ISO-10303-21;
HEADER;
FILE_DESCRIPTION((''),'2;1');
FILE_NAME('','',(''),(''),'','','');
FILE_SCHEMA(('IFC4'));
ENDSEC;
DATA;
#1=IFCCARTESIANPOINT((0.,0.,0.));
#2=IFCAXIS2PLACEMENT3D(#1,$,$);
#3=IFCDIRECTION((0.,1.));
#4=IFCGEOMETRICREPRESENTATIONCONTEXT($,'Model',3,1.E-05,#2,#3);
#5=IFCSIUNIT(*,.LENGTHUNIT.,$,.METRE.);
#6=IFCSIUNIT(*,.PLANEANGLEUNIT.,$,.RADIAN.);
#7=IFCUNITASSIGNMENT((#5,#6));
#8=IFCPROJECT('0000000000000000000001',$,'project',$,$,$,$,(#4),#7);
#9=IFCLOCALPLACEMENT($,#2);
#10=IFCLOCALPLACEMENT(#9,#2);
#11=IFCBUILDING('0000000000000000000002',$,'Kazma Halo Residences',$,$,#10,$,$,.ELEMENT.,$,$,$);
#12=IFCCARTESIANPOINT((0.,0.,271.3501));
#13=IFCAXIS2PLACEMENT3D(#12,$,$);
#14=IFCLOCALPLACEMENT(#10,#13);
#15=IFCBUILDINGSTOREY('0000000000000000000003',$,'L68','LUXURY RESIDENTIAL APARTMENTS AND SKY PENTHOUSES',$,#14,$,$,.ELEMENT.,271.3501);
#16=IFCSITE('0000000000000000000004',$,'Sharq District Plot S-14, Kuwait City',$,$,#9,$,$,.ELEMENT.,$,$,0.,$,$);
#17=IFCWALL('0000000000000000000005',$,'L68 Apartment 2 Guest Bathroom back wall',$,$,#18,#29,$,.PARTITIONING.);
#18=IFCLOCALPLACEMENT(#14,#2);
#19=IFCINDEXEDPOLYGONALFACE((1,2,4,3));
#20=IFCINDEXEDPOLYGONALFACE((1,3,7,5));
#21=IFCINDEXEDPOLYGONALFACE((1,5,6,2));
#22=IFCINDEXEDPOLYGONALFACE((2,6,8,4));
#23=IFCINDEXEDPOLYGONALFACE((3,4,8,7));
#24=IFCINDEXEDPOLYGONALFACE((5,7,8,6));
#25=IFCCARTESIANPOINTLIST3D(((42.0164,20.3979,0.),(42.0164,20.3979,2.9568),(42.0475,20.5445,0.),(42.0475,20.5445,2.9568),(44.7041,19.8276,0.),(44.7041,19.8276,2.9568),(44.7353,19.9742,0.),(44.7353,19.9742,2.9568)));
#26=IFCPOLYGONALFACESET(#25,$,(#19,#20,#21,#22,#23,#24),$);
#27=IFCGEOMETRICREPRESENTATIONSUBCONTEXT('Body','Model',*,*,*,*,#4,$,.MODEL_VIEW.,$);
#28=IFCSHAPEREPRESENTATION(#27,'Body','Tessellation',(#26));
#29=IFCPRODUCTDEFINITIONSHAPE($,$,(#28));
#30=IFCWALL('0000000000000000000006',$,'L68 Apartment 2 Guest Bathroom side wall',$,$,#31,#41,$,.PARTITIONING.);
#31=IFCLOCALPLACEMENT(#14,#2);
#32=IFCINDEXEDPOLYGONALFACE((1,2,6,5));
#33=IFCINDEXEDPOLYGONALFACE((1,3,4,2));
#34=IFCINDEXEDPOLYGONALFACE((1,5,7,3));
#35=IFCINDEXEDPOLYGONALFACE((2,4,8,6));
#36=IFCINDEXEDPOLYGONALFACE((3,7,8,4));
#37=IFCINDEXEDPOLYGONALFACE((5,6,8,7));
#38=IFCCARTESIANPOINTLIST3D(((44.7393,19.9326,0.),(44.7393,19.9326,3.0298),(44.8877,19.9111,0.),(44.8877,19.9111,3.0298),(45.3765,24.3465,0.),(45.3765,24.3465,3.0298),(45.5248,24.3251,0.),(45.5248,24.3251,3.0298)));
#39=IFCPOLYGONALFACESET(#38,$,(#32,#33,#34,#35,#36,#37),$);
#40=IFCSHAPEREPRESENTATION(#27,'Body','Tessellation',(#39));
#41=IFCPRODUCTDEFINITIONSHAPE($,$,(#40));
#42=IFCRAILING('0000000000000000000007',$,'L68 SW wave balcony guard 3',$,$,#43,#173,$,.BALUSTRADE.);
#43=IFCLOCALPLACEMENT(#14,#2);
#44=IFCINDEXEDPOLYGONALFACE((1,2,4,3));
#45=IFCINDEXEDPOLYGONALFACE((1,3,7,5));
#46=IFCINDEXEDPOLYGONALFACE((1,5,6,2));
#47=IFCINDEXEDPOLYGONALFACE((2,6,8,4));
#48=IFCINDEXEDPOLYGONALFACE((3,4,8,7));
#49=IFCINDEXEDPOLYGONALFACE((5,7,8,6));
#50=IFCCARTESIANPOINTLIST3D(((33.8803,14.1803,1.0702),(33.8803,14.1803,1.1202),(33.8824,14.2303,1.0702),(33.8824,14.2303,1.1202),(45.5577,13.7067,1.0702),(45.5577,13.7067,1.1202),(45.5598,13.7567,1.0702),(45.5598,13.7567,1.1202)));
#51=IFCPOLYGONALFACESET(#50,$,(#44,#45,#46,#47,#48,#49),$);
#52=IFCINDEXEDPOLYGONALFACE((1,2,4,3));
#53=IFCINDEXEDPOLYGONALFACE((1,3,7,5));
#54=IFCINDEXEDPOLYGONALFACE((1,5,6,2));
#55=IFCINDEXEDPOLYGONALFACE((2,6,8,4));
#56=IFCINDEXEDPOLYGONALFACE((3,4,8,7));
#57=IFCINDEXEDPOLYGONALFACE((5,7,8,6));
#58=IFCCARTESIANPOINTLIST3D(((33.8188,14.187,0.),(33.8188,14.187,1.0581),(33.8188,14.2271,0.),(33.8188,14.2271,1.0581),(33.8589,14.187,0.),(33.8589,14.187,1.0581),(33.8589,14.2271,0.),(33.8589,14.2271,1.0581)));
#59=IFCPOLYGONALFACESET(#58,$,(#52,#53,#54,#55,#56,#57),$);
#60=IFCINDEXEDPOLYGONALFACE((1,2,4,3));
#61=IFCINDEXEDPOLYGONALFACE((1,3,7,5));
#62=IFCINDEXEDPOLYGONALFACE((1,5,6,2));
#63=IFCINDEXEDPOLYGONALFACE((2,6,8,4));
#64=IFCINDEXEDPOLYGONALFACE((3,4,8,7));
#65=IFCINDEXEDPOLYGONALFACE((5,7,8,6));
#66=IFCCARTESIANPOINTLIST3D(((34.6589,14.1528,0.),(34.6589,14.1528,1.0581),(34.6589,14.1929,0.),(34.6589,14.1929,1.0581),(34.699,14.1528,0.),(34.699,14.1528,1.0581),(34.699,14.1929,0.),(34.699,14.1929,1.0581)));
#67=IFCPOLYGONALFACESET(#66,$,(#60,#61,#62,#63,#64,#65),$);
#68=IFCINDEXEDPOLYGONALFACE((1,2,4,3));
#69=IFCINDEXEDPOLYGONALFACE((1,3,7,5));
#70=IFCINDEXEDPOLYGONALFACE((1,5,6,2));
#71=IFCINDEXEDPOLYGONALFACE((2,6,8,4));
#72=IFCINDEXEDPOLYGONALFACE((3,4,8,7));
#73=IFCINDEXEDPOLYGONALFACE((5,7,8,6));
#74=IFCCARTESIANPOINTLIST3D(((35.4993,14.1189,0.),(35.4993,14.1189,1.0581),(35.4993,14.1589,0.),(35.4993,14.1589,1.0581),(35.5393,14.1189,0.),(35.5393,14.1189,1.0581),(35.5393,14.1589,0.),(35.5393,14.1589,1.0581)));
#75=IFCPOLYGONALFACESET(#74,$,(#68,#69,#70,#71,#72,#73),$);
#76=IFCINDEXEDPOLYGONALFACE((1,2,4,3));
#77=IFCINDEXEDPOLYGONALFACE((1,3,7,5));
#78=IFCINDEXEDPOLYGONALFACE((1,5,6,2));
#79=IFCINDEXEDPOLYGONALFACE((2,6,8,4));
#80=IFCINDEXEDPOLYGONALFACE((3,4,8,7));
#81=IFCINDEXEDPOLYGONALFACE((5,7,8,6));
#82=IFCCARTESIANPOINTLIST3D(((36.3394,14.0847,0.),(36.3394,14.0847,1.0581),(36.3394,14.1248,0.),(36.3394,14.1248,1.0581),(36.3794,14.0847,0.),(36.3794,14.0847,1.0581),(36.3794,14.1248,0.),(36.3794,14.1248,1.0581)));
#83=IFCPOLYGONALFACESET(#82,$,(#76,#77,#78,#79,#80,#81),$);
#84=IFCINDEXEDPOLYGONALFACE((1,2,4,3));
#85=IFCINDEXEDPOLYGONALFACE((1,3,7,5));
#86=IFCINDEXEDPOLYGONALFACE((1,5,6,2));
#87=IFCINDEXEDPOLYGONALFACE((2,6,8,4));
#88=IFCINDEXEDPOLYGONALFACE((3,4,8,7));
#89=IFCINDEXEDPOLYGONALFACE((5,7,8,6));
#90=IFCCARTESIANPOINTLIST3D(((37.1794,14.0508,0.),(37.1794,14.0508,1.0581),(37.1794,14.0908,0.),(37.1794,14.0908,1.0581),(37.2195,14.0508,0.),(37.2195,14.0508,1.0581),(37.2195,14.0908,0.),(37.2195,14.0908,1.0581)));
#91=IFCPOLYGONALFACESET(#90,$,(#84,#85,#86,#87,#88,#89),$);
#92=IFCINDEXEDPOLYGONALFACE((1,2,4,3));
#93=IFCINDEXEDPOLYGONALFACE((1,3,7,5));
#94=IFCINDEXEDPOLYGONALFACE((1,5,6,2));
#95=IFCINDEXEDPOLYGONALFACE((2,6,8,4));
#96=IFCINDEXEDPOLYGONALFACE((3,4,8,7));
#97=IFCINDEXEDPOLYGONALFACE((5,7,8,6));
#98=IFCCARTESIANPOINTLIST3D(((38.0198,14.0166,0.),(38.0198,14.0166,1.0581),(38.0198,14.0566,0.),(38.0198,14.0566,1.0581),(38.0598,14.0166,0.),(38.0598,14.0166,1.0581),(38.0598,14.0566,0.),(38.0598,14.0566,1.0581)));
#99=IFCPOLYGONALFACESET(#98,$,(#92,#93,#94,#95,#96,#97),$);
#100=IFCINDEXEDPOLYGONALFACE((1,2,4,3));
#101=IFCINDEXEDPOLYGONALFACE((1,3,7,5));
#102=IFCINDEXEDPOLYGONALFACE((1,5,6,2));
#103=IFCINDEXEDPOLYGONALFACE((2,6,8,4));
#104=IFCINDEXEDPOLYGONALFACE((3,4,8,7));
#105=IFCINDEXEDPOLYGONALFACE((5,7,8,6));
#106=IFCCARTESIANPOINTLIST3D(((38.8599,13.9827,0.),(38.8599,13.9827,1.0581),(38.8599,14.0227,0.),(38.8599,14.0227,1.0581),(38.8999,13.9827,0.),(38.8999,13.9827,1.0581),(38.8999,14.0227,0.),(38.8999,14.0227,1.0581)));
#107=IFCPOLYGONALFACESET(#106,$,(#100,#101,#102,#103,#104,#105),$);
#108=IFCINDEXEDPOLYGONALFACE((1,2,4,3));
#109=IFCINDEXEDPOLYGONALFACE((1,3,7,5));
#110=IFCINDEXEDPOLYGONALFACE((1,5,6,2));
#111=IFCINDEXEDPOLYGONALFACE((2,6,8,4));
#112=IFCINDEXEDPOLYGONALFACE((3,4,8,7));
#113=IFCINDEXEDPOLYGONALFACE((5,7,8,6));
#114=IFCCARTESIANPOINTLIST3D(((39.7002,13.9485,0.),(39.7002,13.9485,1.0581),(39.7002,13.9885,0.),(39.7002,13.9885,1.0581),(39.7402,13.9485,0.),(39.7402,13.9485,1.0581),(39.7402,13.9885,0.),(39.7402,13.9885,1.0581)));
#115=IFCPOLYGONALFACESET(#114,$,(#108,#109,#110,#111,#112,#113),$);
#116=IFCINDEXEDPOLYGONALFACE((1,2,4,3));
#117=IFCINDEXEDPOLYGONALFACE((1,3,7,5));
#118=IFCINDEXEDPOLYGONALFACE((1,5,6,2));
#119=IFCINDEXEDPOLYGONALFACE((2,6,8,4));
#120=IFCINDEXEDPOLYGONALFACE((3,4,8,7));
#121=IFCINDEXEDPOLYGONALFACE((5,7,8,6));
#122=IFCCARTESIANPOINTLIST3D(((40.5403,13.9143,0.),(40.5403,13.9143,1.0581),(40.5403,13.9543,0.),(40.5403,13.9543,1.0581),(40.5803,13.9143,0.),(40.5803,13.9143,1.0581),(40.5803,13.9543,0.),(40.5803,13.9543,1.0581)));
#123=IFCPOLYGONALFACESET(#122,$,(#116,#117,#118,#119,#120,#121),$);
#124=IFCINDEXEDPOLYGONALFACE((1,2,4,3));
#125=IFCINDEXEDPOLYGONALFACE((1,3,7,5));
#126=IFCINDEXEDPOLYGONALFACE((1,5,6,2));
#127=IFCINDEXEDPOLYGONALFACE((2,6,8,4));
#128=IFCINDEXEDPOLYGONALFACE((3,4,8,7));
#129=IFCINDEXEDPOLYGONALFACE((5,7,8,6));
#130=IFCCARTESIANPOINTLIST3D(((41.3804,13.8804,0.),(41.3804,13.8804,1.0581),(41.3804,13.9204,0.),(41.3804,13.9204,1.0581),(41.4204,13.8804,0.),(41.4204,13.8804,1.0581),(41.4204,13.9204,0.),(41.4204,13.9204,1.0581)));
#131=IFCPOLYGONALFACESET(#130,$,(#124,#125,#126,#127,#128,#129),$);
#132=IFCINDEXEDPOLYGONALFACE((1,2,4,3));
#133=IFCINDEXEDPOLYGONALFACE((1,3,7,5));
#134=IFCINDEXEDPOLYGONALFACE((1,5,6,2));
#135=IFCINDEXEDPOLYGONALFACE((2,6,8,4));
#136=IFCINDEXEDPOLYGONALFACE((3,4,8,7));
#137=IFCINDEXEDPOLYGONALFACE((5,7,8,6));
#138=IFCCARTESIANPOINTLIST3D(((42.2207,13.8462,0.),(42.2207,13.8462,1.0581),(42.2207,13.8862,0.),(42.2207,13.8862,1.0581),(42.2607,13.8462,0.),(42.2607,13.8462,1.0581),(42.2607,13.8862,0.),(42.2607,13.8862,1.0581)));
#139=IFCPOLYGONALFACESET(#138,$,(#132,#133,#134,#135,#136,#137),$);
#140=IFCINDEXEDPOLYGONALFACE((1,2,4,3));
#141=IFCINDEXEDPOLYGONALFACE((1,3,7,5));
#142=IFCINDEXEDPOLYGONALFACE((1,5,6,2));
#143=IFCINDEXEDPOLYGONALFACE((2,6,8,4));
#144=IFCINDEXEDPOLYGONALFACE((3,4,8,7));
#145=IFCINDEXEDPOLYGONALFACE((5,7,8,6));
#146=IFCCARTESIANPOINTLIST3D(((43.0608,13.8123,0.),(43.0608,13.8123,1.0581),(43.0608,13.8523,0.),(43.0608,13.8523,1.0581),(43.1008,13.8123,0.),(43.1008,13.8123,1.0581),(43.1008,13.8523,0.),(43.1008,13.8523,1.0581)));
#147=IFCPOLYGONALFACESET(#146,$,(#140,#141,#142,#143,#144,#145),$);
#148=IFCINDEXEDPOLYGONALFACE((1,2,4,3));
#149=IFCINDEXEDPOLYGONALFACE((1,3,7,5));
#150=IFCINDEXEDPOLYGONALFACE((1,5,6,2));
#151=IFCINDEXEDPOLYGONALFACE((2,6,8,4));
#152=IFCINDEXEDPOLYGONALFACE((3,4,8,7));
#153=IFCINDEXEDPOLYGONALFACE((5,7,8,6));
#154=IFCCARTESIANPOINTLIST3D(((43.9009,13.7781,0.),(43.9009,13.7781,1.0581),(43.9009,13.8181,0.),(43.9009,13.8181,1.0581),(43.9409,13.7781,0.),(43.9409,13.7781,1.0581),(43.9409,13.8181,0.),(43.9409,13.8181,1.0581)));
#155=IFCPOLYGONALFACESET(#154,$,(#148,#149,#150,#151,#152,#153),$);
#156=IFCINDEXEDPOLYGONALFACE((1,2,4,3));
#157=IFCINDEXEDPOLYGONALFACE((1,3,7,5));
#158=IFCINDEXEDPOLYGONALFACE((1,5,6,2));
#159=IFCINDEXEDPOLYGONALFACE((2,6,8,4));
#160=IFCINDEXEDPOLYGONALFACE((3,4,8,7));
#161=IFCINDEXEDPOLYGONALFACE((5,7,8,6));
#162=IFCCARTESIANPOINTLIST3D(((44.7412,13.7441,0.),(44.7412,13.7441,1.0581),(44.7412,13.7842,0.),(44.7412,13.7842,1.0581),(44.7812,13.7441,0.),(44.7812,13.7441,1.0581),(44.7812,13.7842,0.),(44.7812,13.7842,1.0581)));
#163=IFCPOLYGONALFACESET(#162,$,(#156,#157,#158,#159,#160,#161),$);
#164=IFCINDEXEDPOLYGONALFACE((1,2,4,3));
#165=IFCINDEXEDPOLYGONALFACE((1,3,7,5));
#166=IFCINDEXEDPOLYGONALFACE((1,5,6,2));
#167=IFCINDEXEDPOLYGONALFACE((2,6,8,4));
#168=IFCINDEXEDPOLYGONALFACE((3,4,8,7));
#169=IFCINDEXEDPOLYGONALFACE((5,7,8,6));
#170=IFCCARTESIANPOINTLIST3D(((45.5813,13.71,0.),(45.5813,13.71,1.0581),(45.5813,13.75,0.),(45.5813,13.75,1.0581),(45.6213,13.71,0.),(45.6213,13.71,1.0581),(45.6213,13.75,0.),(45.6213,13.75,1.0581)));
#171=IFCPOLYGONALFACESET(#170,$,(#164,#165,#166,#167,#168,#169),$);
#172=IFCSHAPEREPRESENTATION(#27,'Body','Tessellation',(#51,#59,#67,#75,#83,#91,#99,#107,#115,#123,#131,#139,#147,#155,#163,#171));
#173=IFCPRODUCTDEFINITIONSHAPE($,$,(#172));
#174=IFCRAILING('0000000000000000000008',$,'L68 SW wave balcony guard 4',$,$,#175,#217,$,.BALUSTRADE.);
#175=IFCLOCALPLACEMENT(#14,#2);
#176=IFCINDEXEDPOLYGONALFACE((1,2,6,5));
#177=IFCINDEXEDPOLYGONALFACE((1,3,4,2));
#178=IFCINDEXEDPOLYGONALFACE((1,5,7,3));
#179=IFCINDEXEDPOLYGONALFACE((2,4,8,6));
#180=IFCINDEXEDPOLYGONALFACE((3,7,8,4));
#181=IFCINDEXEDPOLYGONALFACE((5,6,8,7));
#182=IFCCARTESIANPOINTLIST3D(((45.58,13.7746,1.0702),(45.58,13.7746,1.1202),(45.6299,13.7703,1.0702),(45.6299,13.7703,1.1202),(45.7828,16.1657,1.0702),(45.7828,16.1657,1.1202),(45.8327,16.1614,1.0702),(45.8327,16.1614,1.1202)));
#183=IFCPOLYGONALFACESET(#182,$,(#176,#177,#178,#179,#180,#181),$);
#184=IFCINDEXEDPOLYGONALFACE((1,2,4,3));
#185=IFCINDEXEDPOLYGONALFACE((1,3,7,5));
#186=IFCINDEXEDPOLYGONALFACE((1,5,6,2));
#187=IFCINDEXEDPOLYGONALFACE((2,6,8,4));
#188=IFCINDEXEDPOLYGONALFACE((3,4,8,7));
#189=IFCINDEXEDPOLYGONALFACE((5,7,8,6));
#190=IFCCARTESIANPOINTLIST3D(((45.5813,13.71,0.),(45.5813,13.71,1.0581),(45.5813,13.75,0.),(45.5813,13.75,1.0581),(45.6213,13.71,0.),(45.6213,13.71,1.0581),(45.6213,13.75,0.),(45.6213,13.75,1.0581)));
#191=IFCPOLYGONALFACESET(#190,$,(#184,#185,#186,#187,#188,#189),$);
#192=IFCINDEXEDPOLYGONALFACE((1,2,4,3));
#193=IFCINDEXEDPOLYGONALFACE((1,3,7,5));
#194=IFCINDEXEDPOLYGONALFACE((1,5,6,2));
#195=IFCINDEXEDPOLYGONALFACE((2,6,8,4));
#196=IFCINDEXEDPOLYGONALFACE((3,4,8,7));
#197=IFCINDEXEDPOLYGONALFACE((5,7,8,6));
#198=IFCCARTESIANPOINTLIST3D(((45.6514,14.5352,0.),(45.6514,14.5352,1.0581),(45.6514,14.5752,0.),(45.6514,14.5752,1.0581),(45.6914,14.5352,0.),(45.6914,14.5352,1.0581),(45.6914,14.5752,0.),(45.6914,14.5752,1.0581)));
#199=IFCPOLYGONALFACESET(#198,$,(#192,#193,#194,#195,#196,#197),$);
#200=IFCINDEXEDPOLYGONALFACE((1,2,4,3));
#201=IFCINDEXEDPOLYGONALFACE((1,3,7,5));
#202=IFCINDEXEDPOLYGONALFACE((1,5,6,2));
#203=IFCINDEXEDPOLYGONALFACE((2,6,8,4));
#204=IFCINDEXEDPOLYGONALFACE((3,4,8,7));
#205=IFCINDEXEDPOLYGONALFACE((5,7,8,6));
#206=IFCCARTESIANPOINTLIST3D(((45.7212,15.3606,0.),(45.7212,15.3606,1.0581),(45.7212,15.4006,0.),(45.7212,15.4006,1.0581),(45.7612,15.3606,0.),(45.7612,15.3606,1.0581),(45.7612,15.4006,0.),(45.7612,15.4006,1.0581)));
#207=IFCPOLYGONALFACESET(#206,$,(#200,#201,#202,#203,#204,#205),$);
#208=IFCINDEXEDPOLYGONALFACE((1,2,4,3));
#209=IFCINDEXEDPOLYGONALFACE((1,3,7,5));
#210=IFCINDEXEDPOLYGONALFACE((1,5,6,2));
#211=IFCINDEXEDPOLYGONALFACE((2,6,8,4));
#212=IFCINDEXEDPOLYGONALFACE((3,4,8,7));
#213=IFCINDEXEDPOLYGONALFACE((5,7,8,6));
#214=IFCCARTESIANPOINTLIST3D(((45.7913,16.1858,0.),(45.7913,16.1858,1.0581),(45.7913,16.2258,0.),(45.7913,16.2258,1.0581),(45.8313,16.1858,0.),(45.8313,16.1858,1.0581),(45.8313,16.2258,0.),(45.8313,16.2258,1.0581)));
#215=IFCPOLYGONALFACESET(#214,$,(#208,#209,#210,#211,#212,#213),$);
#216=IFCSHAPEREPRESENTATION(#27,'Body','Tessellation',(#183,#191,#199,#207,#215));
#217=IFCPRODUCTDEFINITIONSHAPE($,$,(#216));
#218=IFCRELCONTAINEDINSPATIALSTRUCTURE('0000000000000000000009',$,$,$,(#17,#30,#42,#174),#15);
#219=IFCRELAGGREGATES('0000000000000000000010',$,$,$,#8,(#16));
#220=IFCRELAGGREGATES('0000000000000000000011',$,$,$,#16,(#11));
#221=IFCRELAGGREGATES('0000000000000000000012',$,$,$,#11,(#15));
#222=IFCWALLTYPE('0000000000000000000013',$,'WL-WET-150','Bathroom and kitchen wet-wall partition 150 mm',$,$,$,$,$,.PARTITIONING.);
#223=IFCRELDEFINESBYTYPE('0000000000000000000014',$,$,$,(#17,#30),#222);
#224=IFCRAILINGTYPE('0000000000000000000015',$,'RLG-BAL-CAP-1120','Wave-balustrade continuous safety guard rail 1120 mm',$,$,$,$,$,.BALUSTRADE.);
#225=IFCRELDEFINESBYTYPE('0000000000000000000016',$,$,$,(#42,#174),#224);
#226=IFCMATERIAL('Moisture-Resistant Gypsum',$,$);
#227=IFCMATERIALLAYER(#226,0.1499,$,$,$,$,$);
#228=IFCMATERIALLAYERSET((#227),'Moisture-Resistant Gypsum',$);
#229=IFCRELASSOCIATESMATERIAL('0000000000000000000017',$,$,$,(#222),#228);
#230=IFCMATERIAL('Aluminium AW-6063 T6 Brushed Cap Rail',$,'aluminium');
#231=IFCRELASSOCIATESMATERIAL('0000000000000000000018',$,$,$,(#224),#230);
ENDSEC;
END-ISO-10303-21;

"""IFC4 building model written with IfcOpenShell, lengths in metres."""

from ifc_helpers import new_model, si_unit, direction, frame, frame_2d, origin, origin_2d, place, context, subcontext, project, spatial, rectangle, extrude, material, layer, layer_set, type_object, element, save


model = new_model("IFC4")

# Units and contexts
model_context = context("Model", 3, precision=1e-05, world=origin(), true_north=direction((0.0, 1.0)))
body_context = subcontext(model_context, "Body", "Model", "MODEL_VIEW")
ifc_project = project(units=[si_unit("LENGTHUNIT", "METRE"), si_unit("PLANEANGLEUNIT", "RADIAN")], contexts=[model_context])

# Site, building, storey
site_placement = place(None, origin())
site = spatial("IfcSite", under=ifc_project, at=site_placement, Name="Sharq District Plot S-14, Kuwait City", CompositionType="ELEMENT", RefElevation=0.0)
building_placement = place(site_placement, origin())
building = spatial("IfcBuilding", under=site, at=building_placement, Name="Kazma Halo Residences", CompositionType="ELEMENT")
storey_placement = place(building_placement, frame((0.0, 0.0, 271.3501)))
storey = spatial("IfcBuildingStorey", under=building, at=storey_placement, Name="L68", Description="LUXURY RESIDENTIAL APARTMENTS AND SKY PENTHOUSES", CompositionType="ELEMENT", Elevation=271.3501)

# Shared definitions
ifc_material_1 = material(Name="Moisture-Resistant Gypsum")
ifc_layer_1 = layer(ifc_material_1, 0.1499)
ifc_layer_set_1 = layer_set([ifc_layer_1], Name="Moisture-Resistant Gypsum")
wall_type_1 = type_object("IfcWallType", Name="WL-WET-150", Description="Bathroom and kitchen wet-wall partition 150 mm", PredefinedType="PARTITIONING", material=ifc_layer_set_1)

# Walls
wall_1_placement = place(storey_placement, frame((42.032, 20.4712, 0.0), z_axis=(0.0, 0.0, 1.0), x_axis=(0.97822, -0.207569, 0.0)))
element("IfcWall", 1, at=wall_1_placement, inside=storey, type_object=wall_type_1, Name="L68 Apartment 2 Guest Bathroom back wall", PredefinedType="PARTITIONING", context=body_context, shape_type="SweptSolid", body=[
    extrude(rectangle(XDim=2.7476, YDim=0.1499, at=frame_2d((1.3738, 0.0))), origin(), (0.0, 0.0, 1.0), 2.9568),
])
wall_2_placement = place(storey_placement, frame((45.4507, 24.3359, 0.0), z_axis=(0.0, 0.0, 1.0), x_axis=(-0.142877, -0.98974, 0.0)))
element("IfcWall", 2, at=wall_2_placement, inside=storey, type_object=wall_type_1, Name="L68 Apartment 2 Guest Bathroom side wall", PredefinedType="PARTITIONING", context=body_context, shape_type="SweptSolid", body=[
    extrude(rectangle(XDim=4.4597, YDim=0.1499, at=frame_2d((2.23, 0.0))), origin(), (0.0, 0.0, 1.0), 3.0298),
])

# Railings
ifc_material_2 = material(Name="Aluminium AW-6063 T6 Brushed Cap Rail", Category="aluminium")
railing_type = type_object("IfcRailingType", Name="RLG-BAL-CAP-1120", Description="Wave-balustrade continuous safety guard rail 1120 mm", PredefinedType="BALUSTRADE", material=ifc_material_2)
railing_1_placement = place(storey_placement, frame((33.8389, 14.207, 0.0)))
element("IfcRailing", 3, at=railing_1_placement, inside=storey, type_object=railing_type, Name="L68 SW wave balcony guard 3", PredefinedType="BALUSTRADE", context=body_context, shape_type="SweptSolid", body=[
    extrude(rectangle(XDim=0.05, YDim=0.05, at=origin_2d()), frame((0.0425, -0.0017, 1.0952), z_axis=(0.999179, -0.040524, 0.0), x_axis=(0.040524, 0.999179, 0.0)), (0.0, 0.0, 1.0), 11.687),
    extrude(rectangle(XDim=0.04, YDim=0.04, at=origin_2d()), origin(), (0.0, 0.0, 1.0), 1.0581),
    extrude(rectangle(XDim=0.04, YDim=0.04, at=origin_2d()), frame((0.8401, -0.0342, 0.0)), (0.0, 0.0, 1.0), 1.0581),
    extrude(rectangle(XDim=0.04, YDim=0.04, at=origin_2d()), frame((1.6804, -0.0681, 0.0)), (0.0, 0.0, 1.0), 1.0581),
    extrude(rectangle(XDim=0.04, YDim=0.04, at=origin_2d()), frame((2.5205, -0.1023, 0.0)), (0.0, 0.0, 1.0), 1.0581),
    extrude(rectangle(XDim=0.04, YDim=0.04, at=origin_2d()), frame((3.3606, -0.1362, 0.0)), (0.0, 0.0, 1.0), 1.0581),
    extrude(rectangle(XDim=0.04, YDim=0.04, at=origin_2d()), frame((4.2009, -0.1704, 0.0)), (0.0, 0.0, 1.0), 1.0581),
    extrude(rectangle(XDim=0.04, YDim=0.04, at=origin_2d()), frame((5.041, -0.2043, 0.0)), (0.0, 0.0, 1.0), 1.0581),
    extrude(rectangle(XDim=0.04, YDim=0.04, at=origin_2d()), frame((5.8813, -0.2385, 0.0)), (0.0, 0.0, 1.0), 1.0581),
    extrude(rectangle(XDim=0.04, YDim=0.04, at=origin_2d()), frame((6.7214, -0.2727, 0.0)), (0.0, 0.0, 1.0), 1.0581),
    extrude(rectangle(XDim=0.04, YDim=0.04, at=origin_2d()), frame((7.5615, -0.3066, 0.0)), (0.0, 0.0, 1.0), 1.0581),
    extrude(rectangle(XDim=0.04, YDim=0.04, at=origin_2d()), frame((8.4019, -0.3408, 0.0)), (0.0, 0.0, 1.0), 1.0581),
    extrude(rectangle(XDim=0.04, YDim=0.04, at=origin_2d()), frame((9.2419, -0.3748, 0.0)), (0.0, 0.0, 1.0), 1.0581),
    extrude(rectangle(XDim=0.04, YDim=0.04, at=origin_2d()), frame((10.082, -0.4089, 0.0)), (0.0, 0.0, 1.0), 1.0581),
    extrude(rectangle(XDim=0.04, YDim=0.04, at=origin_2d()), frame((10.9224, -0.4429, 0.0)), (0.0, 0.0, 1.0), 1.0581),
    extrude(rectangle(XDim=0.04, YDim=0.04, at=origin_2d()), frame((11.7625, -0.4771, 0.0)), (0.0, 0.0, 1.0), 1.0581),
])
railing_2_placement = place(storey_placement, frame((45.6013, 13.73, 0.0)))
element("IfcRailing", 4, at=railing_2_placement, inside=storey, type_object=railing_type, Name="L68 SW wave balcony guard 4", PredefinedType="BALUSTRADE", context=body_context, shape_type="SweptSolid", body=[
    extrude(rectangle(XDim=0.05, YDim=0.05, at=origin_2d()), frame((0.0037, 0.0425, 1.0952), z_axis=(0.084501, 0.996423, 0.0), x_axis=(-0.996423, 0.084501, 0.0)), (0.0, 0.0, 1.0), 2.3997),
    extrude(rectangle(XDim=0.04, YDim=0.04, at=origin_2d()), origin(), (0.0, 0.0, 1.0), 1.0581),
    extrude(rectangle(XDim=0.04, YDim=0.04, at=origin_2d()), frame((0.0701, 0.8252, 0.0)), (0.0, 0.0, 1.0), 1.0581),
    extrude(rectangle(XDim=0.04, YDim=0.04, at=origin_2d()), frame((0.1399, 1.6506, 0.0)), (0.0, 0.0, 1.0), 1.0581),
    extrude(rectangle(XDim=0.04, YDim=0.04, at=origin_2d()), frame((0.21, 2.4758, 0.0)), (0.0, 0.0, 1.0), 1.0581),
])

save(model, "model.ifc")
